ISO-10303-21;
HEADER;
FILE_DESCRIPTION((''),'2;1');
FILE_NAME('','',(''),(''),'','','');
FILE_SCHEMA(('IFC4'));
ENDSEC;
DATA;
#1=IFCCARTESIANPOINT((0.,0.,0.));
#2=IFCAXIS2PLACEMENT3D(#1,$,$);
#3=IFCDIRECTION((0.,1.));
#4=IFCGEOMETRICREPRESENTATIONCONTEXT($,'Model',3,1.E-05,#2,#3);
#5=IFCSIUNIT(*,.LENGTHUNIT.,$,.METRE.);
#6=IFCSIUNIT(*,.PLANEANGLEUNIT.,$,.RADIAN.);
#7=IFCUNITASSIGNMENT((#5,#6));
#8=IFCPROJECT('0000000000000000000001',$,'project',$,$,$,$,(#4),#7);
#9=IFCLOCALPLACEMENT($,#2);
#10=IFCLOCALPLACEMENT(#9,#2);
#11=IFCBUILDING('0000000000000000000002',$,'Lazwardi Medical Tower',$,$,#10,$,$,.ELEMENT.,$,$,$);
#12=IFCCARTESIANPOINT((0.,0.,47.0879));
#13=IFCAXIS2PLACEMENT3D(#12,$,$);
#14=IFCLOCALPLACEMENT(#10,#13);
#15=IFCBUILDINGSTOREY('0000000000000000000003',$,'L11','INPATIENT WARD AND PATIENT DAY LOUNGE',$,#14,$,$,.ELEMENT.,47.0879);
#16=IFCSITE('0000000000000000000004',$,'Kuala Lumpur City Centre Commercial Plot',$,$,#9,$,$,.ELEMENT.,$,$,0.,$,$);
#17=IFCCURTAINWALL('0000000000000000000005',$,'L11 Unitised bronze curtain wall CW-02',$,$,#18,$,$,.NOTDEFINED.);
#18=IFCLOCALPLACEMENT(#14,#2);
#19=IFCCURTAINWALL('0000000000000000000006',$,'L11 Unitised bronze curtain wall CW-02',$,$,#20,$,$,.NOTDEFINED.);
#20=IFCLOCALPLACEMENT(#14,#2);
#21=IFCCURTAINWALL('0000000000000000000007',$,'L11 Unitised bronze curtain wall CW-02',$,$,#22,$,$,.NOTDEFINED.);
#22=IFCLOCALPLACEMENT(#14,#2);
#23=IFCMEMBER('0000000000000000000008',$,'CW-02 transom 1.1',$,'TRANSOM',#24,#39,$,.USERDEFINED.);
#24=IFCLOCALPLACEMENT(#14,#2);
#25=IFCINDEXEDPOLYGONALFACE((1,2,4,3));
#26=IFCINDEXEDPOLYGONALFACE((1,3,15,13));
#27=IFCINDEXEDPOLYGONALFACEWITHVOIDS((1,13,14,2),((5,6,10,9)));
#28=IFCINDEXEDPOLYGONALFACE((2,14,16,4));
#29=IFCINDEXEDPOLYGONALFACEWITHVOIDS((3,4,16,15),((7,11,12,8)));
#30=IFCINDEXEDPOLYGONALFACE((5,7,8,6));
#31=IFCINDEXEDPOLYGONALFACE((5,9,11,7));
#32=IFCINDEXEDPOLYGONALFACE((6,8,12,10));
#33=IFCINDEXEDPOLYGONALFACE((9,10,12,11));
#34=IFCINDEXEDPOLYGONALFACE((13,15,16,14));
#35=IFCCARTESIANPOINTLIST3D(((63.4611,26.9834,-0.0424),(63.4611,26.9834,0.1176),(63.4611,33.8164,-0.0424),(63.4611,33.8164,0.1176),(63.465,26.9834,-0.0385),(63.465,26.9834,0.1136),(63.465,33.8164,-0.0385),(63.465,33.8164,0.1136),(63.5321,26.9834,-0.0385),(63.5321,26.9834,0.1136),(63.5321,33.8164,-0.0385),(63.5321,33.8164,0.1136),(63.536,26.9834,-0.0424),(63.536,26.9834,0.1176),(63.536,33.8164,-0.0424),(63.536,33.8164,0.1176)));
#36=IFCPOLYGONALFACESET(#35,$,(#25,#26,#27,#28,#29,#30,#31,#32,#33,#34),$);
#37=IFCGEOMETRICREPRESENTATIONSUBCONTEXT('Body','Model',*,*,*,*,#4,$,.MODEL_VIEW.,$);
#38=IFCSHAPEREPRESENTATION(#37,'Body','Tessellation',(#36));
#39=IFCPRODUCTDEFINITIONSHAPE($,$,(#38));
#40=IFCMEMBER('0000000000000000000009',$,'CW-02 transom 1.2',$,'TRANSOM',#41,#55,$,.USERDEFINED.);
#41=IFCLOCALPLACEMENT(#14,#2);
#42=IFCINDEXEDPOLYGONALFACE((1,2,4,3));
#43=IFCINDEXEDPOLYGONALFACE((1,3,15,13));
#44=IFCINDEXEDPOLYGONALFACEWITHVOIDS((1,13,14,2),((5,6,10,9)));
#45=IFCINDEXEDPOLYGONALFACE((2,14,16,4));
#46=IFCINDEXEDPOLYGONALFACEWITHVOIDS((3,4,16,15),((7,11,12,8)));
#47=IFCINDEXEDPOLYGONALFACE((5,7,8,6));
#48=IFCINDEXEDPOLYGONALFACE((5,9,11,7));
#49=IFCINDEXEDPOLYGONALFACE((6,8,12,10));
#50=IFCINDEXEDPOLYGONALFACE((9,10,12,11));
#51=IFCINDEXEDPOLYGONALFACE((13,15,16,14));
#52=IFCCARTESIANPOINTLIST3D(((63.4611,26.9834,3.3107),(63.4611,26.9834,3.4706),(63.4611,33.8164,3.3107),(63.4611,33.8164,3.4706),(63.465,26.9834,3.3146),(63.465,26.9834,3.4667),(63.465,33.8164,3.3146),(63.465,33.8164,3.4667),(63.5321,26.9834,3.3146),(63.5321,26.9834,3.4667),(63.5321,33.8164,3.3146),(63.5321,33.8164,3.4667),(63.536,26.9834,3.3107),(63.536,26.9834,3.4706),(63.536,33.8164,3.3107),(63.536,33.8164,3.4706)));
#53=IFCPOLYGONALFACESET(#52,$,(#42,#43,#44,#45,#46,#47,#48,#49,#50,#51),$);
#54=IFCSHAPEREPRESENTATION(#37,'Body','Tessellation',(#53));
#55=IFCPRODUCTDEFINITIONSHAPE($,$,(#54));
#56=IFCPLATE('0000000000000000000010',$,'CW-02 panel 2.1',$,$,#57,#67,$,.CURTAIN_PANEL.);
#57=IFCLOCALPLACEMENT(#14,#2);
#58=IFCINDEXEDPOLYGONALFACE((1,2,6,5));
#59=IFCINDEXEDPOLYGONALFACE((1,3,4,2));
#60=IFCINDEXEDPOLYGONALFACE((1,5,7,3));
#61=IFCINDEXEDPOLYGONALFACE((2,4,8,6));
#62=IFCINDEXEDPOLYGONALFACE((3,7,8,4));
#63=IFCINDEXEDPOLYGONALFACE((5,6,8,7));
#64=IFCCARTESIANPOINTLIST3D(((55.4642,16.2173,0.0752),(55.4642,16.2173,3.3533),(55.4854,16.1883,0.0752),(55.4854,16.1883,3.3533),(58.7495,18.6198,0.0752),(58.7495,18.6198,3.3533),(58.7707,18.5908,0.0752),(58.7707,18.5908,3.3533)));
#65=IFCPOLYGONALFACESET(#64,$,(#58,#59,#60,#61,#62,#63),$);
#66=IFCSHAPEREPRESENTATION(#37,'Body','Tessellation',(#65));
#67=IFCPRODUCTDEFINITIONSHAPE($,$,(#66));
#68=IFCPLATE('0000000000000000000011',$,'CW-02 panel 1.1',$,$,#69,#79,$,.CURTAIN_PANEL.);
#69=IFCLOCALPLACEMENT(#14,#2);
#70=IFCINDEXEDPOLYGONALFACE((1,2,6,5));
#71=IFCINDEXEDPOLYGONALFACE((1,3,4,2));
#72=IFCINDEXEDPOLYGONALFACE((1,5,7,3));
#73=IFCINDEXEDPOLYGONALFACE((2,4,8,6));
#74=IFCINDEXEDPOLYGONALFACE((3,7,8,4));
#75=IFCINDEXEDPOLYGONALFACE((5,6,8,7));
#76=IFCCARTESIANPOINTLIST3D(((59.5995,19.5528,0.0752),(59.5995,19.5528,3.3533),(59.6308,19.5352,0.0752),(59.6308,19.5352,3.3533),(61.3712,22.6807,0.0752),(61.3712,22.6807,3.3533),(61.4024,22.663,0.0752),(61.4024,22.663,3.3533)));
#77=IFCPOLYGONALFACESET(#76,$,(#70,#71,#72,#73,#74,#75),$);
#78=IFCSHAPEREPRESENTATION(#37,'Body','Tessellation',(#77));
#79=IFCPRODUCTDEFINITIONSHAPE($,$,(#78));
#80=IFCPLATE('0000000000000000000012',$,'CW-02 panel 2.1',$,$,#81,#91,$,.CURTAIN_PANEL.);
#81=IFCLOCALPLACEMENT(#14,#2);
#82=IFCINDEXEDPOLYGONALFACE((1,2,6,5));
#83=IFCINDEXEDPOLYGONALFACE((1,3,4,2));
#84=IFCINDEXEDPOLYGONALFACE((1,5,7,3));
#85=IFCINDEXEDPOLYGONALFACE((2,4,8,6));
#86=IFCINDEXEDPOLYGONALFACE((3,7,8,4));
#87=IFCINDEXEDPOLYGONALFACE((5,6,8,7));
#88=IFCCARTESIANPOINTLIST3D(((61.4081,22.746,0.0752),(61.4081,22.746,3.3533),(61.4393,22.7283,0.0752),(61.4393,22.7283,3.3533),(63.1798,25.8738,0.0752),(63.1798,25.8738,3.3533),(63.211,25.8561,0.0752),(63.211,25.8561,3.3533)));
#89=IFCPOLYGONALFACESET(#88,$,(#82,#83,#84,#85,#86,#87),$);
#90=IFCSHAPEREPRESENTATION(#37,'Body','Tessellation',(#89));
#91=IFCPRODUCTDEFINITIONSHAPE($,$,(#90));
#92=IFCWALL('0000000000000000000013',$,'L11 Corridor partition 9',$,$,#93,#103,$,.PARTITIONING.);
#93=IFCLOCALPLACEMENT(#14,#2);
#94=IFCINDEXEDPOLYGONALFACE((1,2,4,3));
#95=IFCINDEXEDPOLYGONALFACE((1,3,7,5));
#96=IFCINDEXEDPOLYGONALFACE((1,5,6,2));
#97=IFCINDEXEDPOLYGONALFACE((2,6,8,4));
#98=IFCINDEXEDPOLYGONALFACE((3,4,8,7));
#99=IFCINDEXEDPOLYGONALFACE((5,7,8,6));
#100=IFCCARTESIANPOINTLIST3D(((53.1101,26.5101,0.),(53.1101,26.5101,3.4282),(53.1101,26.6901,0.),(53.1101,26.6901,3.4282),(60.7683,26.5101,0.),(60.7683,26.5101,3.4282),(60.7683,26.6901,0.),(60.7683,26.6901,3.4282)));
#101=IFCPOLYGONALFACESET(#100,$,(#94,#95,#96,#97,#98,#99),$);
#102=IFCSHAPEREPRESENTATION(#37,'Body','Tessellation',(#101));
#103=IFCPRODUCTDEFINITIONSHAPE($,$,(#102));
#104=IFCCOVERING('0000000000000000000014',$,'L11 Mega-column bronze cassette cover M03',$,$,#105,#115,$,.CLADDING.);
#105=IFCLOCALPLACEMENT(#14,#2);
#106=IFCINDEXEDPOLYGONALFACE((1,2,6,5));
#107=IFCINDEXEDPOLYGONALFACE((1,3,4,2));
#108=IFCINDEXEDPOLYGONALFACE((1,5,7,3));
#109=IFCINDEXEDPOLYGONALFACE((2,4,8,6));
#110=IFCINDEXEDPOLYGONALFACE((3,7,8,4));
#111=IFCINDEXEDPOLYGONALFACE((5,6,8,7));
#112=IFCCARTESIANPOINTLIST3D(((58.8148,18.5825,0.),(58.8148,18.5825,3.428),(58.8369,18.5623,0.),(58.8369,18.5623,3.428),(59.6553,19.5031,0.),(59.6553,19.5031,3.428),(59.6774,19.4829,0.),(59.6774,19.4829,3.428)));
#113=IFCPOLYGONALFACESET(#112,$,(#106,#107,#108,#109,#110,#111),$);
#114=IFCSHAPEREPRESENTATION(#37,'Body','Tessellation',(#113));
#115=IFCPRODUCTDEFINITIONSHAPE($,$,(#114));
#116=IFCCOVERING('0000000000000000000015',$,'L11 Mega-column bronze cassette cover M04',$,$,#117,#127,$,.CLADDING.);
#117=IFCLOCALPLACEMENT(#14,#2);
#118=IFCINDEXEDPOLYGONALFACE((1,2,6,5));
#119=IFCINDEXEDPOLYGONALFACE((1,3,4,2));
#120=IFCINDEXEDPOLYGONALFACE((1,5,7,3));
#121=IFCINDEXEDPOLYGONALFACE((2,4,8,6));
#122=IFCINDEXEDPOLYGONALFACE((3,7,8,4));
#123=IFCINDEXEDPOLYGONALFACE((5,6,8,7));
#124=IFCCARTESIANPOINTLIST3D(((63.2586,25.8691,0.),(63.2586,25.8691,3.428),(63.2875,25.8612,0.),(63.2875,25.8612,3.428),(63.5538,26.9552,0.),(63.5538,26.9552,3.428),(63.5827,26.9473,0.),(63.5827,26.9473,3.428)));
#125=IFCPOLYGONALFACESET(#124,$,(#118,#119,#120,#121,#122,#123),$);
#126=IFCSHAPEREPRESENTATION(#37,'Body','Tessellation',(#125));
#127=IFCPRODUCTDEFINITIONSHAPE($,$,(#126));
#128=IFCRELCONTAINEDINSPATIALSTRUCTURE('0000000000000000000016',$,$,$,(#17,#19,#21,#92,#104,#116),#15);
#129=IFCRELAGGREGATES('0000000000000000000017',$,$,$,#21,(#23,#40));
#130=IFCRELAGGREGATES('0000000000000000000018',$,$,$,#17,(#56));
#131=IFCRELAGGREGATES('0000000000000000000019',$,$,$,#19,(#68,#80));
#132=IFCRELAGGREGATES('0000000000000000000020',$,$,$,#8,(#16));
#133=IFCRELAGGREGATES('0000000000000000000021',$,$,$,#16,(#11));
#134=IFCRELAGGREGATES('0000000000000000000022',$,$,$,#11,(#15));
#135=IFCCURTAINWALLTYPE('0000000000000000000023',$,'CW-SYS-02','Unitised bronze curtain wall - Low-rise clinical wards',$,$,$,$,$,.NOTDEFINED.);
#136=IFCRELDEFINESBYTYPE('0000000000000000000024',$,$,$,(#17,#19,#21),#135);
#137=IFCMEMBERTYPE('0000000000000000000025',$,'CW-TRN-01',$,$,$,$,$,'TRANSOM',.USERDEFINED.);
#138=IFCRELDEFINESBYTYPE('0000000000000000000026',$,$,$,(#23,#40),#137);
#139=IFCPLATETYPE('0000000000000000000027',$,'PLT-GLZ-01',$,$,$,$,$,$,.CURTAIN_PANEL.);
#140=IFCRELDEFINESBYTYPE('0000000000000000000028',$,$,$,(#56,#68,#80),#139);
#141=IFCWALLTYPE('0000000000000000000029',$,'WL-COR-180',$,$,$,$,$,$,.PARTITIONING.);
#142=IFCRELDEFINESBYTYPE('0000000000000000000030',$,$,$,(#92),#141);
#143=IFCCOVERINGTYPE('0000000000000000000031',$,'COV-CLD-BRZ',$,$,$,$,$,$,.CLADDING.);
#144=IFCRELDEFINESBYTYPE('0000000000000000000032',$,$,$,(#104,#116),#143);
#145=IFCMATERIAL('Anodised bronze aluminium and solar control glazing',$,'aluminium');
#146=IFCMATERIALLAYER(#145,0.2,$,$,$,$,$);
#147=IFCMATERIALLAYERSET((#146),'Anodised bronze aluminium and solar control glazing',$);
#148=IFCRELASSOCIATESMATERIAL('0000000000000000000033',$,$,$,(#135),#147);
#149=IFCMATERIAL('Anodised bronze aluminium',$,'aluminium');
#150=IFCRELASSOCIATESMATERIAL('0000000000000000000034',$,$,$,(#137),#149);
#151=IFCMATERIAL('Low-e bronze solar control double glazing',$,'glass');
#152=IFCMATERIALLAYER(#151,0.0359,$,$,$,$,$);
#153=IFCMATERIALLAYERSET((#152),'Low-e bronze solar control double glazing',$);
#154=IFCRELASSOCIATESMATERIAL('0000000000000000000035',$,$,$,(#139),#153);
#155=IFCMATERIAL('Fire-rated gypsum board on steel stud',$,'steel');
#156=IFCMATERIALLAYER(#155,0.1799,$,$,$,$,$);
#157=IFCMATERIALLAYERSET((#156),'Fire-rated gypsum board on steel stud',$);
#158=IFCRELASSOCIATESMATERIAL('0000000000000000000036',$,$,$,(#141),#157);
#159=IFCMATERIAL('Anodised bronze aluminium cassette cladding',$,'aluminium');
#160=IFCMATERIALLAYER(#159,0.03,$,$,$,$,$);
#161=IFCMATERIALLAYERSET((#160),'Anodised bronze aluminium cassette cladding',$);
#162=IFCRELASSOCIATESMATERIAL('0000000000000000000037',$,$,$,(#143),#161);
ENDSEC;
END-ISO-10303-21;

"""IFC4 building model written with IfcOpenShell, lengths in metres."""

from ifc_helpers import new_model, si_unit, direction, frame, frame_2d, origin, origin_2d, place, context, subcontext, project, spatial, rectangle, hollow_rectangle, extrude, material, layer, layer_set, material_profile, profile_set, type_object, element, aggregate, save


model = new_model("IFC4")

# Units and contexts
model_context = context("Model", 3, precision=1e-05, world=origin(), true_north=direction((0.0, 1.0)))
body_context = subcontext(model_context, "Body", "Model", "MODEL_VIEW")
ifc_project = project(units=[si_unit("LENGTHUNIT", "METRE"), si_unit("PLANEANGLEUNIT", "RADIAN")], contexts=[model_context])

# Site, building, storey
site_placement = place(None, origin())
site = spatial("IfcSite", under=ifc_project, at=site_placement, Name="Kuala Lumpur City Centre Commercial Plot", CompositionType="ELEMENT", RefElevation=0.0)
building_placement = place(site_placement, origin())
building = spatial("IfcBuilding", under=site, at=building_placement, Name="Lazwardi Medical Tower", CompositionType="ELEMENT")
storey_placement = place(building_placement, frame((0.0, 0.0, 47.0879)))
storey = spatial("IfcBuildingStorey", under=building, at=storey_placement, Name="L11", Description="INPATIENT WARD AND PATIENT DAY LOUNGE", CompositionType="ELEMENT", Elevation=47.0879)

# Curtain wall
ifc_material_1 = material(Name="Anodised bronze aluminium and solar control glazing", Category="aluminium")
ifc_layer_1 = layer(ifc_material_1, 0.2)
ifc_layer_set_1 = layer_set([ifc_layer_1], Name="Anodised bronze aluminium and solar control glazing")
curtain_wall_type = type_object("IfcCurtainWallType", Name="CW-SYS-02", Description="Unitised bronze curtain wall - Low-rise clinical wards", PredefinedType="NOTDEFINED", material=ifc_layer_set_1)
curtain_wall_1_placement = place(storey_placement, origin())
curtain_wall_1 = element("IfcCurtainWall", 1, at=curtain_wall_1_placement, inside=storey, type_object=curtain_wall_type, Name="L11 Unitised bronze curtain wall CW-02", PredefinedType="NOTDEFINED")
ifc_material_2 = material(Name="Anodised bronze aluminium", Category="aluminium")

# Curtain wall
curtain_wall_2_placement = place(storey_placement, origin())
curtain_wall_2 = element("IfcCurtainWall", 2, at=curtain_wall_2_placement, inside=storey, type_object=curtain_wall_type, Name="L11 Unitised bronze curtain wall CW-02", PredefinedType="NOTDEFINED")

# Curtain wall
curtain_wall_3_placement = place(storey_placement, origin())
curtain_wall_3 = element("IfcCurtainWall", 3, at=curtain_wall_3_placement, inside=storey, type_object=curtain_wall_type, Name="L11 Unitised bronze curtain wall CW-02", PredefinedType="NOTDEFINED")

# Members
ifc_material_profile_1 = material_profile(ifc_material_2, hollow_rectangle(XDim=0.075, YDim=0.1599, WallThickness=0.0039, at=origin_2d()), Name="ALU-TRANSOM 160x75x4")
ifc_profile_set_1 = profile_set([ifc_material_profile_1], Name="Anodised bronze aluminium")
member_type_1 = type_object("IfcMemberType", Name="CW-TRN-01", ElementType="TRANSOM", PredefinedType="USERDEFINED", material=ifc_profile_set_1)
member_1_placement = place(storey_placement, frame((63.4985, 26.9834, 0.0376), z_axis=(0.0, 1.0, 0.0), x_axis=(-1.0, 0.0, 0.0)))
member_1 = element("IfcMember", 4, at=member_1_placement, type_object=member_type_1, Name="CW-02 transom 1.1", ObjectType="TRANSOM", PredefinedType="USERDEFINED", context=body_context, shape_type="SweptSolid", body=[
    extrude(hollow_rectangle(XDim=0.075, YDim=0.1599, WallThickness=0.0039, at=origin_2d()), origin(), (0.0, 0.0, 1.0), 6.833),
])
member_2_placement = place(storey_placement, frame((63.4985, 26.9834, 3.3906), z_axis=(0.0, 1.0, 0.0), x_axis=(-1.0, 0.0, 0.0)))
member_2 = element("IfcMember", 5, at=member_2_placement, type_object=member_type_1, Name="CW-02 transom 1.2", ObjectType="TRANSOM", PredefinedType="USERDEFINED", context=body_context, shape_type="SweptSolid", body=[
    extrude(hollow_rectangle(XDim=0.075, YDim=0.1599, WallThickness=0.0039, at=origin_2d()), origin(), (0.0, 0.0, 1.0), 6.833),
])
aggregate(curtain_wall_3, [member_1, member_2])

# Plates
ifc_material_3 = material(Name="Low-e bronze solar control double glazing", Category="glass")
ifc_layer_2 = layer(ifc_material_3, 0.0359)
ifc_layer_set_2 = layer_set([ifc_layer_2], Name="Low-e bronze solar control double glazing")
plate_type = type_object("IfcPlateType", Name="PLT-GLZ-01", PredefinedType="CURTAIN_PANEL", material=ifc_layer_set_2)
plate_1_placement = place(storey_placement, frame((57.1174, 17.4041, 0.0752), z_axis=(0.0, 0.0, 1.0), x_axis=(0.807192, 0.590289, 0.0)))
plate_1 = element("IfcPlate", 6, at=plate_1_placement, type_object=plate_type, Name="CW-02 panel 2.1", PredefinedType="CURTAIN_PANEL", context=body_context, shape_type="SweptSolid", body=[
    extrude(rectangle(XDim=4.0701, YDim=0.0359, at=origin_2d()), origin(), (0.0, 0.0, 1.0), 3.2781),
])
aggregate(curtain_wall_1, [plate_1])
plate_2_placement = place(storey_placement, frame((60.501, 21.1079, 0.0752), z_axis=(0.0, 0.0, 1.0), x_axis=(0.492854, 0.870112, 0.0)))
plate_2 = element("IfcPlate", 7, at=plate_2_placement, type_object=plate_type, Name="CW-02 panel 1.1", PredefinedType="CURTAIN_PANEL", context=body_context, shape_type="SweptSolid", body=[
    extrude(rectangle(XDim=3.5947, YDim=0.0359, at=origin_2d()), origin(), (0.0, 0.0, 1.0), 3.2781),
])
plate_3_placement = place(storey_placement, frame((62.3096, 24.301, 0.0752), z_axis=(0.0, 0.0, 1.0), x_axis=(0.492854, 0.870112, 0.0)))
plate_3 = element("IfcPlate", 8, at=plate_3_placement, type_object=plate_type, Name="CW-02 panel 2.1", PredefinedType="CURTAIN_PANEL", context=body_context, shape_type="SweptSolid", body=[
    extrude(rectangle(XDim=3.5947, YDim=0.0359, at=origin_2d()), origin(), (0.0, 0.0, 1.0), 3.2781),
])
aggregate(curtain_wall_2, [plate_2, plate_3])

# Wall
ifc_material_4 = material(Name="Fire-rated gypsum board on steel stud", Category="steel")
ifc_layer_3 = layer(ifc_material_4, 0.1799)
ifc_layer_set_3 = layer_set([ifc_layer_3], Name="Fire-rated gypsum board on steel stud")
wall_type = type_object("IfcWallType", Name="WL-COR-180", PredefinedType="PARTITIONING", material=ifc_layer_set_3)
wall_placement = place(storey_placement, frame((60.7683, 26.6001, 0.0), z_axis=(0.0, 0.0, 1.0), x_axis=(-1.0, 0.0, 0.0)))
element("IfcWall", 9, at=wall_placement, inside=storey, type_object=wall_type, Name="L11 Corridor partition 9", PredefinedType="PARTITIONING", context=body_context, shape_type="SweptSolid", body=[
    extrude(rectangle(XDim=7.6582, YDim=0.1799, at=frame_2d((3.8291, 0.0))), origin(), (0.0, 0.0, 1.0), 3.4282),
])

# Coverings
ifc_material_5 = material(Name="Anodised bronze aluminium cassette cladding", Category="aluminium")
ifc_layer_4 = layer(ifc_material_5, 0.03)
ifc_layer_set_4 = layer_set([ifc_layer_4], Name="Anodised bronze aluminium cassette cladding")
covering_type = type_object("IfcCoveringType", Name="COV-CLD-BRZ", PredefinedType="CLADDING", material=ifc_layer_set_4)
covering_1_placement = place(storey_placement, frame((59.2461, 19.0327, 0.0), z_axis=(0.0, 0.0, 1.0), x_axis=(0.674252, 0.738501, 0.0)))
element("IfcCovering", 10, at=covering_1_placement, inside=storey, type_object=covering_type, Name="L11 Mega-column bronze cassette cover M03", PredefinedType="CLADDING", context=body_context, shape_type="SweptSolid", body=[
    extrude(rectangle(XDim=1.2466, YDim=0.03, at=origin_2d()), origin(), (0.0, 0.0, 1.0), 3.428),
])
covering_2_placement = place(storey_placement, frame((63.4207, 26.4082, 0.0), z_axis=(0.0, 0.0, 1.0), x_axis=(0.262283, 0.964991, 0.0)))
element("IfcCovering", 11, at=covering_2_placement, inside=storey, type_object=covering_type, Name="L11 Mega-column bronze cassette cover M04", PredefinedType="CLADDING", context=body_context, shape_type="SweptSolid", body=[
    extrude(rectangle(XDim=1.1255, YDim=0.03, at=origin_2d()), origin(), (0.0, 0.0, 1.0), 3.428),
])

save(model, "model.ifc")
